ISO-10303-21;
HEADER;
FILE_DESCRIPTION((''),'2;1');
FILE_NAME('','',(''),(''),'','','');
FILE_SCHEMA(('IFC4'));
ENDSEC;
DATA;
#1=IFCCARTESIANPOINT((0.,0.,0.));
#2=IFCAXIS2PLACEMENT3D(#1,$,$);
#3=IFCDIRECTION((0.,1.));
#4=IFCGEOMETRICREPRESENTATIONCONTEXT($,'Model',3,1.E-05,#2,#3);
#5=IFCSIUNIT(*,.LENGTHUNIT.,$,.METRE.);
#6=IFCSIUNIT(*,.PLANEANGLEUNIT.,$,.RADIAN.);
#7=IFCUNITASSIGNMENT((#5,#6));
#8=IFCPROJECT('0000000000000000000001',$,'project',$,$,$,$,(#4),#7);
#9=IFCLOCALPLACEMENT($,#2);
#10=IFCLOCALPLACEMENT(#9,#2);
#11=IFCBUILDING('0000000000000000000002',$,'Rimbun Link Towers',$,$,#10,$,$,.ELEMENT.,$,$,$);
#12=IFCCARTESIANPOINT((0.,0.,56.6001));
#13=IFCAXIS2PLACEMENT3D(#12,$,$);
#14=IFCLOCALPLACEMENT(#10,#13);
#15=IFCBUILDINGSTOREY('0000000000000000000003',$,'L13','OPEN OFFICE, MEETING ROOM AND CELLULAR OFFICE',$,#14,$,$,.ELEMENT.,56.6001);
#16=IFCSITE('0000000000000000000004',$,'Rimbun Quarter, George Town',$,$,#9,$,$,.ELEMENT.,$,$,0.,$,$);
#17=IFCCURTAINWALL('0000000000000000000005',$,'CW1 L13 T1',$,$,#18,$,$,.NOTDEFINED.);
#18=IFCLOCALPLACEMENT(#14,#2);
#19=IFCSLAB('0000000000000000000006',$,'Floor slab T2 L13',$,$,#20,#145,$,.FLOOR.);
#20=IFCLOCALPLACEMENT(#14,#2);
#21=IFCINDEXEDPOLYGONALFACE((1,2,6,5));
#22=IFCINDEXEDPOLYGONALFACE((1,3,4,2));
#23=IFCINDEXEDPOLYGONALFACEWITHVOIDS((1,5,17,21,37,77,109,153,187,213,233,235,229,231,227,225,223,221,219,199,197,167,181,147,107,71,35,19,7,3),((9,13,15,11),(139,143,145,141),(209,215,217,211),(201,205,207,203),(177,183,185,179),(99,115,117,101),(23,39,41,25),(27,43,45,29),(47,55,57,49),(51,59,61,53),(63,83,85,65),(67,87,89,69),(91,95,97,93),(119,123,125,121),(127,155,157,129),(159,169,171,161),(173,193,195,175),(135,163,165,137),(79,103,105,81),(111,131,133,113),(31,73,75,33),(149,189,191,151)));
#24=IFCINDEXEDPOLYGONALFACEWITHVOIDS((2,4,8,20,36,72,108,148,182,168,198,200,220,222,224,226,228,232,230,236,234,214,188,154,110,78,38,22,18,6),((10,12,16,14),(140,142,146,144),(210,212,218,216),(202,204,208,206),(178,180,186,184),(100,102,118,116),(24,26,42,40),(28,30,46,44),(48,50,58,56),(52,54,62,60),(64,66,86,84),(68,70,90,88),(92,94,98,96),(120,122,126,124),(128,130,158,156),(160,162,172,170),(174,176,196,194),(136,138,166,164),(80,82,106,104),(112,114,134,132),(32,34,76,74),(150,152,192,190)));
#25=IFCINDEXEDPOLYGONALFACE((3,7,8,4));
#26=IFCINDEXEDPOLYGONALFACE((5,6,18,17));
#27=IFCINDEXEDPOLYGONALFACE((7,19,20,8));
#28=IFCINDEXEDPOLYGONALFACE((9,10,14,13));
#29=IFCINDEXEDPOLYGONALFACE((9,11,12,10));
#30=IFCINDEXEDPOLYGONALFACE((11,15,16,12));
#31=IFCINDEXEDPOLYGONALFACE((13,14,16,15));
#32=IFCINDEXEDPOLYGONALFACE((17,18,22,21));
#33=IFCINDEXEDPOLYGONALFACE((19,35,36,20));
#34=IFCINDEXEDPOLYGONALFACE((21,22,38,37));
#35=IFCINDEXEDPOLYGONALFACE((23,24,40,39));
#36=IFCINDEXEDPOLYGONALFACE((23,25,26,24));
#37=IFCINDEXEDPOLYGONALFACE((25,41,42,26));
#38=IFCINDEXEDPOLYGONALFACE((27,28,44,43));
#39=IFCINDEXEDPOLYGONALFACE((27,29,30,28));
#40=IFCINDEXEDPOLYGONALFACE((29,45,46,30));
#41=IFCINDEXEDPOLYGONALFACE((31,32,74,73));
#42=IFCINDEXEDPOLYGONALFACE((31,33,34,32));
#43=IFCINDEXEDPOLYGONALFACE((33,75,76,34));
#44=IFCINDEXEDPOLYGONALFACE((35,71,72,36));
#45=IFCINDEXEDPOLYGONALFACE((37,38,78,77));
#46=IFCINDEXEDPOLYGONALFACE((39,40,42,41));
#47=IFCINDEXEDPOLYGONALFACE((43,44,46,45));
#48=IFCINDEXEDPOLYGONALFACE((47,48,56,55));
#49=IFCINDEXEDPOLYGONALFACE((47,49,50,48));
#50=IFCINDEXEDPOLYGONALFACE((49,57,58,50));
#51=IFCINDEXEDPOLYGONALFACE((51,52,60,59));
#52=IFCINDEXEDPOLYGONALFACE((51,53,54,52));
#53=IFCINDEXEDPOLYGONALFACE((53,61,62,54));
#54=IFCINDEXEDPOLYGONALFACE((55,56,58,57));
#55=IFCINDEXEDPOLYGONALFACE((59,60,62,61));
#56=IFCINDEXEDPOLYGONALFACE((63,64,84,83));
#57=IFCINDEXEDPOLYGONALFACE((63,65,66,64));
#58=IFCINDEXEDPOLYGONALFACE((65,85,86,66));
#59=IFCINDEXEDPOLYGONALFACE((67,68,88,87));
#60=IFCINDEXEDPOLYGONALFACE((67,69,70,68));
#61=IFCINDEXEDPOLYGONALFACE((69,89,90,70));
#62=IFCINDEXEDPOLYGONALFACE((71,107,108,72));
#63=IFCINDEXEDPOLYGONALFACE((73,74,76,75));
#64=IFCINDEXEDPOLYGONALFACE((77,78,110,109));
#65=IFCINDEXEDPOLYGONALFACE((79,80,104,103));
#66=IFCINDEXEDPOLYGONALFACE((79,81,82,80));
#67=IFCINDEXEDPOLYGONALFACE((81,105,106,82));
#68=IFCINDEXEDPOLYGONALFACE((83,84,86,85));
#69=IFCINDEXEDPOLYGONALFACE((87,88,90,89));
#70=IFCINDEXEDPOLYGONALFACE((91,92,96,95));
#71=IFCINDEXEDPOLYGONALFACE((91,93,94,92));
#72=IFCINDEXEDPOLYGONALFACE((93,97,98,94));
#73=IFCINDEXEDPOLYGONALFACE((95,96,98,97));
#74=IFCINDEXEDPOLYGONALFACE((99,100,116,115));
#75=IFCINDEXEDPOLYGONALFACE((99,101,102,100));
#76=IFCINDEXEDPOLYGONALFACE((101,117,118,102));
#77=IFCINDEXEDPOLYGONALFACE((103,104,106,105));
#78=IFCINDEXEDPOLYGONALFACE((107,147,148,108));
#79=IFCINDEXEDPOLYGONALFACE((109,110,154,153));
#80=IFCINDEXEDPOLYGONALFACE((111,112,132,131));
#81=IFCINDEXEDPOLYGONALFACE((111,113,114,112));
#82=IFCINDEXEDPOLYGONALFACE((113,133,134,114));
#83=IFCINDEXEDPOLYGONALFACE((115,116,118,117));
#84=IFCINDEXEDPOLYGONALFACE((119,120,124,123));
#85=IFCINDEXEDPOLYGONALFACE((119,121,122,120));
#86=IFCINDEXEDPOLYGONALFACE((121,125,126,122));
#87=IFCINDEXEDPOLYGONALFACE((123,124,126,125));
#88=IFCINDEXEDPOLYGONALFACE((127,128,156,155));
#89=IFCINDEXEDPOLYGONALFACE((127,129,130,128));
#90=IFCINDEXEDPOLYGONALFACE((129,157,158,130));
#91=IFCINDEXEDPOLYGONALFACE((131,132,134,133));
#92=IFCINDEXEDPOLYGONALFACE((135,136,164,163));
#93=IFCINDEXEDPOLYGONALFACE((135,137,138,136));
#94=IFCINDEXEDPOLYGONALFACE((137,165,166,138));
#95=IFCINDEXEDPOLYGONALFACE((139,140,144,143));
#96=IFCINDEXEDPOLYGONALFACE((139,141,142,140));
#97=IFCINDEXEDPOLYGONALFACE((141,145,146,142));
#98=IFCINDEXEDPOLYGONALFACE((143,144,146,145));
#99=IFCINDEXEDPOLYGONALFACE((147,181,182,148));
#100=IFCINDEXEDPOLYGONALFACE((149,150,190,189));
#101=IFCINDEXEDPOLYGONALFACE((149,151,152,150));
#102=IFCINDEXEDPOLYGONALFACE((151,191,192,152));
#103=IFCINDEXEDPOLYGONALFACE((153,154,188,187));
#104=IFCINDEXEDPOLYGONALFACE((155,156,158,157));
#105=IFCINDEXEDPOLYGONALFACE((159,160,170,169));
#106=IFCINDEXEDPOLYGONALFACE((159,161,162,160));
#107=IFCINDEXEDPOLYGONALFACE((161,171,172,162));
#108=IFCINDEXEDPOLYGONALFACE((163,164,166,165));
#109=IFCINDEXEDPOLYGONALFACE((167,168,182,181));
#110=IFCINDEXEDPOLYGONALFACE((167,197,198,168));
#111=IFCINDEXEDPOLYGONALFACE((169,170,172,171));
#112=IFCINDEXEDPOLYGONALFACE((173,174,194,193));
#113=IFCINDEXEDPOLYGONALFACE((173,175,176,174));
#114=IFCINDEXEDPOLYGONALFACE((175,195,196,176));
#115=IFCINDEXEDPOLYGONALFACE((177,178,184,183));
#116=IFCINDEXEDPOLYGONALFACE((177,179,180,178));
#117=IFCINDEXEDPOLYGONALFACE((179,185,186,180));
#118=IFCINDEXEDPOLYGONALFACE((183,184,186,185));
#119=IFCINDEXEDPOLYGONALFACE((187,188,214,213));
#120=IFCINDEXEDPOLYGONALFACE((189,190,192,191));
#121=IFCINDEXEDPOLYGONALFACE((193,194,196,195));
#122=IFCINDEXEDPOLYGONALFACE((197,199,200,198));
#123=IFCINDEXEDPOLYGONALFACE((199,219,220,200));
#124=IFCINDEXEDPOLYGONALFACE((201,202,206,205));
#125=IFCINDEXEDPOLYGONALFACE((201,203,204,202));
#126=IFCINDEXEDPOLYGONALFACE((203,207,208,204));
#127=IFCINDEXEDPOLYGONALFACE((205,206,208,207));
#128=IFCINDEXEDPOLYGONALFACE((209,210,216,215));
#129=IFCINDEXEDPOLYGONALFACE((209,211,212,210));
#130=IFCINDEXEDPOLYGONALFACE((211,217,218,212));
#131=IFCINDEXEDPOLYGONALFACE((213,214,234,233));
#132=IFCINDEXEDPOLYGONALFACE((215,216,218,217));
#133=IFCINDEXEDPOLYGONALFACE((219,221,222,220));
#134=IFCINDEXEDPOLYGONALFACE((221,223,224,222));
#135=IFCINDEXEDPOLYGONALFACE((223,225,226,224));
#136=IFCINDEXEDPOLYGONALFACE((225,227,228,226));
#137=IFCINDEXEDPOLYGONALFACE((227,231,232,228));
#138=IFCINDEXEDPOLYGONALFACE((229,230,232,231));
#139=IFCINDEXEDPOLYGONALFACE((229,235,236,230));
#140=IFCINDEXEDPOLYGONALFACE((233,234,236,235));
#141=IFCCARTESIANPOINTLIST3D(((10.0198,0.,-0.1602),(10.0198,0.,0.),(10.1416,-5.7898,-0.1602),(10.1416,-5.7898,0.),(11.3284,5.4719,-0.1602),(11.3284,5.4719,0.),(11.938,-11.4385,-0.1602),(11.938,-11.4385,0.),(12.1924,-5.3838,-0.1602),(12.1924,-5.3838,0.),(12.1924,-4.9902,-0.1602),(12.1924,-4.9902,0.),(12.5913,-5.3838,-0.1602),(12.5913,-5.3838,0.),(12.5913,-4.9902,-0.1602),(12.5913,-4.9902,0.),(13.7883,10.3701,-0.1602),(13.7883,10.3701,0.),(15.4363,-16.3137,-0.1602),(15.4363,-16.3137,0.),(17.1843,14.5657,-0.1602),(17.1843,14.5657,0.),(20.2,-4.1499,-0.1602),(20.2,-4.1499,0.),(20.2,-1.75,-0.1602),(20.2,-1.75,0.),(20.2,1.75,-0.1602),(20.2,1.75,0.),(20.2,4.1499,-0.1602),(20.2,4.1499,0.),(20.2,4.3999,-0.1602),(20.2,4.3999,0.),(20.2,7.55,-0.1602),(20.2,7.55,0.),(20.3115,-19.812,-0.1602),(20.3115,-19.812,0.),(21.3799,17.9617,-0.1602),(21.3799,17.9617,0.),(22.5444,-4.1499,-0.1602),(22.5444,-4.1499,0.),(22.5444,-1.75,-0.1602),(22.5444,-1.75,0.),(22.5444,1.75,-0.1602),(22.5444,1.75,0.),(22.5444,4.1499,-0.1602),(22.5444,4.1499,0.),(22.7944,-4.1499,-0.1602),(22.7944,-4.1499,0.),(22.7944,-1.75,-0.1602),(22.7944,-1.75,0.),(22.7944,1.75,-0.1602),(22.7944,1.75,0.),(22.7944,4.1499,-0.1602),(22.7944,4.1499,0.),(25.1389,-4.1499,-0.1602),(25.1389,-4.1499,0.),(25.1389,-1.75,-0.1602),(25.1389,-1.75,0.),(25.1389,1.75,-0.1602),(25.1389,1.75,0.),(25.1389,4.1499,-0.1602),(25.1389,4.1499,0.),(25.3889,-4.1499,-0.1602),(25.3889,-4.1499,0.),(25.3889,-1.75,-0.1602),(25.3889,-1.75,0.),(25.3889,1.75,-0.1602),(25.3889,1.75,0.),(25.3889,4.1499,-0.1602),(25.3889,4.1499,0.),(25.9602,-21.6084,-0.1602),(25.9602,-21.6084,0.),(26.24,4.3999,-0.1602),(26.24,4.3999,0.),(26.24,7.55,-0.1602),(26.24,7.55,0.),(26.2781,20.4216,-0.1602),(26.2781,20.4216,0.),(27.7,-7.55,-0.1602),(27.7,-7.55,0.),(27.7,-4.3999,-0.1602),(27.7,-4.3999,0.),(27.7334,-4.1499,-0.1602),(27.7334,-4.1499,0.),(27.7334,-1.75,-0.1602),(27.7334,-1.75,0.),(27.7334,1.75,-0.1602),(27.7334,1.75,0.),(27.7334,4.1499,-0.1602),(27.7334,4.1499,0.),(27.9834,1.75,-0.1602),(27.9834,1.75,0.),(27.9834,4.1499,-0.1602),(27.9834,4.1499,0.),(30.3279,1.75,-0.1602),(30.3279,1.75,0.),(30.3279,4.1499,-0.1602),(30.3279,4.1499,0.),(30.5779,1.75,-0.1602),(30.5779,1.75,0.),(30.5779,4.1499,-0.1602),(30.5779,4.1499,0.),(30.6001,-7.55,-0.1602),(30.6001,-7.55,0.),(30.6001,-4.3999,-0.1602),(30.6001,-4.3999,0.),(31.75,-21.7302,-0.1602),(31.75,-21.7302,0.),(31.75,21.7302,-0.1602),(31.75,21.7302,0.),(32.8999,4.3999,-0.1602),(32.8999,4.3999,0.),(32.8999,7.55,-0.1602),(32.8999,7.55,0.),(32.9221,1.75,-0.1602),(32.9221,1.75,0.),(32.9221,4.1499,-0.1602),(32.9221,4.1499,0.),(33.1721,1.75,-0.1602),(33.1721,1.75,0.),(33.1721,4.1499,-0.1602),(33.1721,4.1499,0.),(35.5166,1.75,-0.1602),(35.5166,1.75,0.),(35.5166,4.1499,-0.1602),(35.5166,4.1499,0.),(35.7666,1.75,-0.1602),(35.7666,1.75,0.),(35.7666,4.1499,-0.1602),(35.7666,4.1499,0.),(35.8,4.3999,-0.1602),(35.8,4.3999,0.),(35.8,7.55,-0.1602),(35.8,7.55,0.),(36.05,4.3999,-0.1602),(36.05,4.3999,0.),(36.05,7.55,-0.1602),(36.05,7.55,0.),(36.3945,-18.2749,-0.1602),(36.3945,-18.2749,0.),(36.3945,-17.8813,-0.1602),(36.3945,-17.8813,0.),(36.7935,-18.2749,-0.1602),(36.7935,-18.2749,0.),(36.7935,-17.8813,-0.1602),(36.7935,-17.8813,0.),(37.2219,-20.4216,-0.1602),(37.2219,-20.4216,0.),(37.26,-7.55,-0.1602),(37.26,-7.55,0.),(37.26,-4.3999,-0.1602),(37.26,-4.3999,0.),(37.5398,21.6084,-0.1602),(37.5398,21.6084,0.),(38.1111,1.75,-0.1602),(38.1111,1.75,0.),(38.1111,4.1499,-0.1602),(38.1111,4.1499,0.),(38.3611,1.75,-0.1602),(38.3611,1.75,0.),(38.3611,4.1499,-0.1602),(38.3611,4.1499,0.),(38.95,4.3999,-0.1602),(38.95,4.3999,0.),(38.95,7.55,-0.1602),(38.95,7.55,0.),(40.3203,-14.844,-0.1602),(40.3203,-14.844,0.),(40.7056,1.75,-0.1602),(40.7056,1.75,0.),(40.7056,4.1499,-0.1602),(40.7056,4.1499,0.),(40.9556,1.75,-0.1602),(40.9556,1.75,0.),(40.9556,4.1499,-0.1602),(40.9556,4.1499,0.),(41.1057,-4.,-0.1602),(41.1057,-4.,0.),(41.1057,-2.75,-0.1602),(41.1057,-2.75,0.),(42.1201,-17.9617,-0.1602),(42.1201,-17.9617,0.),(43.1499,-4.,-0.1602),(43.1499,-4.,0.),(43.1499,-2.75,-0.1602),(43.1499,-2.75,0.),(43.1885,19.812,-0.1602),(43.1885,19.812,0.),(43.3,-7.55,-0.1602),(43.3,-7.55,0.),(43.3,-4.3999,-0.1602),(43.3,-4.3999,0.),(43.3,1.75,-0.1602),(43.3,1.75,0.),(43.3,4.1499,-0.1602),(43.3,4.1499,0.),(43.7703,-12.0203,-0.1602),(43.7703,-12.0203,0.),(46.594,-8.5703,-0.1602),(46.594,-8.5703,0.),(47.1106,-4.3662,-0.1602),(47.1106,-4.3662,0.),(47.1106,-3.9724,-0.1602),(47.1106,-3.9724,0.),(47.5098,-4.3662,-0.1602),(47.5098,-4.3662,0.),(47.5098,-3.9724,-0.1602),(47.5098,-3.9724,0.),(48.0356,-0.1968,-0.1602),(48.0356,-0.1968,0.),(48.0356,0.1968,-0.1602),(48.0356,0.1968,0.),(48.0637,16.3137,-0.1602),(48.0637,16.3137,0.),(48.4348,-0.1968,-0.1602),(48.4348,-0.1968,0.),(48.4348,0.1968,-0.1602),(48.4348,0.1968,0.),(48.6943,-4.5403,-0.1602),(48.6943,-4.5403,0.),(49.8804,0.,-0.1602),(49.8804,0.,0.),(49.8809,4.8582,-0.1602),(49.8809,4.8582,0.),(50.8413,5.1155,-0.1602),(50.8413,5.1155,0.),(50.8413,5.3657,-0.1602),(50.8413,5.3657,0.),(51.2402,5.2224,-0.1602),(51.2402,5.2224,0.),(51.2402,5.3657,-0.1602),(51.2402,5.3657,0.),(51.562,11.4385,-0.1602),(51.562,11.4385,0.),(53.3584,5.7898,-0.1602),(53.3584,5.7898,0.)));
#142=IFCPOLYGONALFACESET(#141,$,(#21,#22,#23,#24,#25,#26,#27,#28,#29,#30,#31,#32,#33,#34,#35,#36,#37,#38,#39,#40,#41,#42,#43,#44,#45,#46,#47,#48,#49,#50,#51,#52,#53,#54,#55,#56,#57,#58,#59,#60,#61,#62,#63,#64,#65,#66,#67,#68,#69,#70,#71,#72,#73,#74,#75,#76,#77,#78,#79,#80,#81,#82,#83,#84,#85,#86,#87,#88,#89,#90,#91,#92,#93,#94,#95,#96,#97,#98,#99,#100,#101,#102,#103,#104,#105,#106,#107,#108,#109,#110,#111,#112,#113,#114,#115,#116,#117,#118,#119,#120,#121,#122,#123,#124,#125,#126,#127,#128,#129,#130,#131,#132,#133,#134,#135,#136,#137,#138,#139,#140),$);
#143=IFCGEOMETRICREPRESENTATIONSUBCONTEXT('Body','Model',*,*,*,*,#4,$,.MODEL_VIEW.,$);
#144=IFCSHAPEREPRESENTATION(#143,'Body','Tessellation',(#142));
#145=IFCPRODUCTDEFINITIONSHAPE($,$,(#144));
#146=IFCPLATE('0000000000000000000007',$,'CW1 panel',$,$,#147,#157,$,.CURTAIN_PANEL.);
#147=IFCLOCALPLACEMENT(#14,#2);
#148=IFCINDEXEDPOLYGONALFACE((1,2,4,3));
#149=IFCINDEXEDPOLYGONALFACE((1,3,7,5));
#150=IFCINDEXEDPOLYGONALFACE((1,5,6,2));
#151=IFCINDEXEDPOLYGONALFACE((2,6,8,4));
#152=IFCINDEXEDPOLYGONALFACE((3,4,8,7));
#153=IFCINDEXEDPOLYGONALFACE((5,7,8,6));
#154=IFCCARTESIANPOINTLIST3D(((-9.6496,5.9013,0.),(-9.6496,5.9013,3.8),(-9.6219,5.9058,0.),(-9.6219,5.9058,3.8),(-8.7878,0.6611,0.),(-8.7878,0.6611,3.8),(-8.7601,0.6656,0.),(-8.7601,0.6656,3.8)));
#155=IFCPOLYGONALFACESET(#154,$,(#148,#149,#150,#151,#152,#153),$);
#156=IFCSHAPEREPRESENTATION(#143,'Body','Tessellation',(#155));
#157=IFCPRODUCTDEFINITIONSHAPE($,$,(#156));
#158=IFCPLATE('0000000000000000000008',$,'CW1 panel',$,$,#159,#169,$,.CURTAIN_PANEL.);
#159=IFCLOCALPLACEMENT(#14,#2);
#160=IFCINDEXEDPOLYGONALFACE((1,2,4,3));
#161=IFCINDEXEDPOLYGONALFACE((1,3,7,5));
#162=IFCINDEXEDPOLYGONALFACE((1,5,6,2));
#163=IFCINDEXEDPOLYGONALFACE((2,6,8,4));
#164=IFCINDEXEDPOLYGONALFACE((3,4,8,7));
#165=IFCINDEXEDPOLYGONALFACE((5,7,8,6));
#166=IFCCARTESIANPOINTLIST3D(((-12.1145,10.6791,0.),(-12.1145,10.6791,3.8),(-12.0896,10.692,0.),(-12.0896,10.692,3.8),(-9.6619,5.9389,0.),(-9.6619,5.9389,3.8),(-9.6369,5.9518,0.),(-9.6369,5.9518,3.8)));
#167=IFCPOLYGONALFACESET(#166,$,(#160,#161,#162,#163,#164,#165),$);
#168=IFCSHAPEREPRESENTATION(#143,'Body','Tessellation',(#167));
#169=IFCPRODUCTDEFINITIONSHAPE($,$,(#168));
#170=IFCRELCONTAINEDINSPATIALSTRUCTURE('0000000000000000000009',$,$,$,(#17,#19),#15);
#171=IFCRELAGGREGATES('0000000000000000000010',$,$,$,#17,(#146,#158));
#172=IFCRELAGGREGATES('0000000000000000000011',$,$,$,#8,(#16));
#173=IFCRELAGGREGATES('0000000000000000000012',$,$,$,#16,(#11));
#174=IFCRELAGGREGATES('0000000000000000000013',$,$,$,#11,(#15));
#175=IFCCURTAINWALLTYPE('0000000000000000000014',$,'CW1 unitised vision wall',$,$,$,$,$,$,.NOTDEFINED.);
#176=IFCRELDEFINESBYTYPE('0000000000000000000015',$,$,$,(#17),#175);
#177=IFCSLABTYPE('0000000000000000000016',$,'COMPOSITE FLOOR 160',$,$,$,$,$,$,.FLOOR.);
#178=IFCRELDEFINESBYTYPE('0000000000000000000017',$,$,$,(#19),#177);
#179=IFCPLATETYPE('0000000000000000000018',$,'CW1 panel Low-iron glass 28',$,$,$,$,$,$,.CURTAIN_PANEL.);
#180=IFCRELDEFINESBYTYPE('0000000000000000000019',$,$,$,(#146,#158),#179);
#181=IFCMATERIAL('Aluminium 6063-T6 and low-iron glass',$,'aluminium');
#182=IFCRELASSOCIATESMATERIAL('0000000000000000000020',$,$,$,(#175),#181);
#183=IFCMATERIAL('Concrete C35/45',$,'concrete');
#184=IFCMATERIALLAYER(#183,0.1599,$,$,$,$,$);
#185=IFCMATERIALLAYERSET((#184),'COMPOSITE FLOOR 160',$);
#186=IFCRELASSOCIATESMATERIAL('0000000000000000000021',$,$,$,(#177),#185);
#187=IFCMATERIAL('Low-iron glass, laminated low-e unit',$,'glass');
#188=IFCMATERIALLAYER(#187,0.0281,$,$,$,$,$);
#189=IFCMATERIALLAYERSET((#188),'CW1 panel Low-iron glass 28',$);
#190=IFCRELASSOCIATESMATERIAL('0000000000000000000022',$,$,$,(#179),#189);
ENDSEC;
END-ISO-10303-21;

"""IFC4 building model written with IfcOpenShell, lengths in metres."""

from ifc_helpers import new_model, si_unit, direction, frame, origin, origin_2d, place, context, subcontext, project, spatial, polyline, rectangle, outline, extrude, material, layer, layer_set, type_object, element, aggregate, save


model = new_model("IFC4")

# Units and contexts
model_context = context("Model", 3, precision=1e-05, world=origin(), true_north=direction((0.0, 1.0)))
body_context = subcontext(model_context, "Body", "Model", "MODEL_VIEW")
ifc_project = project(units=[si_unit("LENGTHUNIT", "METRE"), si_unit("PLANEANGLEUNIT", "RADIAN")], contexts=[model_context])

# Site, building, storey
site_placement = place(None, origin())
site = spatial("IfcSite", under=ifc_project, at=site_placement, Name="Rimbun Quarter, George Town", CompositionType="ELEMENT", RefElevation=0.0)
building_placement = place(site_placement, origin())
building = spatial("IfcBuilding", under=site, at=building_placement, Name="Rimbun Link Towers", CompositionType="ELEMENT")
storey_placement = place(building_placement, frame((0.0, 0.0, 56.6001)))
storey = spatial("IfcBuildingStorey", under=building, at=storey_placement, Name="L13", Description="OPEN OFFICE, MEETING ROOM AND CELLULAR OFFICE", CompositionType="ELEMENT", Elevation=56.6001)

# Curtain wall
ifc_material_1 = material(Name="Aluminium 6063-T6 and low-iron glass", Category="aluminium")
curtain_wall_type = type_object("IfcCurtainWallType", Name="CW1 unitised vision wall", PredefinedType="NOTDEFINED", material=ifc_material_1)
curtain_wall_placement = place(storey_placement, origin())
curtain_wall = element("IfcCurtainWall", 1, at=curtain_wall_placement, inside=storey, type_object=curtain_wall_type, Name="CW1 L13 T1", PredefinedType="NOTDEFINED")

# Slab
ifc_material_2 = material(Name="Concrete C35/45", Category="concrete")
ifc_layer_1 = layer(ifc_material_2, 0.1599)
ifc_layer_set_1 = layer_set([ifc_layer_1], Name="COMPOSITE FLOOR 160")
slab_type = type_object("IfcSlabType", Name="COMPOSITE FLOOR 160", PredefinedType="FLOOR", material=ifc_layer_set_1)
slab_placement = place(storey_placement, frame((0.0, 0.0, -0.1602)))
element("IfcSlab", 2, at=slab_placement, inside=storey, type_object=slab_type, Name="Floor slab T2 L13", PredefinedType="FLOOR", context=body_context, shape_type="SweptSolid", body=[
    extrude(outline(polyline([(49.8809, 4.8582), (49.8804, 0.0), (48.6943, -4.5403), (46.594, -8.5703), (43.7703, -12.0203), (40.3203, -14.844), (42.1201, -17.9617), (37.2219, -20.4216), (31.75, -21.7302), (25.9602, -21.6084), (20.3115, -19.812), (15.4363, -16.3137), (11.938, -11.4385), (10.1416, -5.7898), (10.0198, 0.0), (11.3284, 5.4719), (13.7883, 10.3701), (17.1843, 14.5657), (21.3799, 17.9617), (26.2781, 20.4216), (31.75, 21.7302), (37.5398, 21.6084), (43.1885, 19.812), (48.0637, 16.3137), (51.562, 11.4385), (53.3584, 5.7898), (51.2402, 5.2224), (51.2402, 5.3657), (50.8413, 5.3657), (50.8413, 5.1155), (49.8809, 4.8582)]), holes=[polyline([(30.6001, -7.55), (30.6001, -4.3999), (27.7, -4.3999), (27.7, -7.55), (30.6001, -7.55)]), polyline([(12.5913, -5.3838), (12.5913, -4.9902), (12.1924, -4.9902), (12.1924, -5.3838), (12.5913, -5.3838)]), polyline([(22.5444, -4.1499), (22.5444, -1.75), (20.2, -1.75), (20.2, -4.1499), (22.5444, -4.1499)]), polyline([(22.7944, -4.1499), (25.1389, -4.1499), (25.1389, -1.75), (22.7944, -1.75), (22.7944, -4.1499)]), polyline([(25.3889, -4.1499), (27.7334, -4.1499), (27.7334, -1.75), (25.3889, -1.75), (25.3889, -4.1499)]), polyline([(22.5444, 1.75), (22.5444, 4.1499), (20.2, 4.1499), (20.2, 1.75), (22.5444, 1.75)]), polyline([(22.7944, 1.75), (25.1389, 1.75), (25.1389, 4.1499), (22.7944, 4.1499), (22.7944, 1.75)]), polyline([(25.3889, 1.75), (27.7334, 1.75), (27.7334, 4.1499), (25.3889, 4.1499), (25.3889, 1.75)]), polyline([(30.3279, 1.75), (30.3279, 4.1499), (27.9834, 4.1499), (27.9834, 1.75), (30.3279, 1.75)]), polyline([(30.5779, 1.75), (32.9221, 1.75), (32.9221, 4.1499), (30.5779, 4.1499), (30.5779, 1.75)]), polyline([(33.1721, 1.75), (35.5166, 1.75), (35.5166, 4.1499), (33.1721, 4.1499), (33.1721, 1.75)]), polyline([(26.24, 4.3999), (26.24, 7.55), (20.2, 7.55), (20.2, 4.3999), (26.24, 4.3999)]), polyline([(36.3945, -18.2749), (36.7935, -18.2749), (36.7935, -17.8813), (36.3945, -17.8813), (36.3945, -18.2749)]), polyline([(37.26, -7.55), (43.3, -7.55), (43.3, -4.3999), (37.26, -4.3999), (37.26, -7.55)]), polyline([(47.5098, -4.3662), (47.5098, -3.9724), (47.1106, -3.9724), (47.1106, -4.3662), (47.5098, -4.3662)]), polyline([(41.1057, -2.75), (41.1057, -4.0), (43.1499, -4.0), (43.1499, -2.75), (41.1057, -2.75)]), polyline([(48.0356, -0.1968), (48.4348, -0.1968), (48.4348, 0.1968), (48.0356, 0.1968), (48.0356, -0.1968)]), polyline([(38.1111, 1.75), (38.1111, 4.1499), (35.7666, 4.1499), (35.7666, 1.75), (38.1111, 1.75)]), polyline([(38.3611, 1.75), (40.7056, 1.75), (40.7056, 4.1499), (38.3611, 4.1499), (38.3611, 1.75)]), polyline([(40.9556, 1.75), (43.3, 1.75), (43.3, 4.1499), (40.9556, 4.1499), (40.9556, 1.75)]), polyline([(32.8999, 4.3999), (35.8, 4.3999), (35.8, 7.55), (32.8999, 7.55), (32.8999, 4.3999)]), polyline([(36.05, 4.3999), (38.95, 4.3999), (38.95, 7.55), (36.05, 7.55), (36.05, 4.3999)])]), origin(), (0.0, 0.0, 1.0), 0.1602),
])

# Plates
ifc_material_3 = material(Name="Low-iron glass, laminated low-e unit", Category="glass")
ifc_layer_2 = layer(ifc_material_3, 0.0281)
ifc_layer_set_2 = layer_set([ifc_layer_2], Name="CW1 panel Low-iron glass 28")
plate_type = type_object("IfcPlateType", Name="CW1 panel Low-iron glass 28", PredefinedType="CURTAIN_PANEL", material=ifc_layer_set_2)
plate_1_placement = place(storey_placement, frame((-9.2048, 3.2834, 0.0), z_axis=(0.0, 0.0, 1.0), x_axis=(0.162269, -0.986747, 0.0)))
plate_1 = element("IfcPlate", 3, at=plate_1_placement, type_object=plate_type, Name="CW1 panel", PredefinedType="CURTAIN_PANEL", context=body_context, shape_type="SweptSolid", body=[
    extrude(rectangle(XDim=5.3105, YDim=0.0281, at=origin_2d()), origin(), (0.0, 0.0, 1.0), 3.8),
])
plate_2_placement = place(storey_placement, frame((-10.8757, 8.3154, 0.0), z_axis=(0.0, 0.0, 1.0), x_axis=(0.459541, -0.888157, 0.0)))
plate_2 = element("IfcPlate", 4, at=plate_2_placement, type_object=plate_type, Name="CW1 panel", PredefinedType="CURTAIN_PANEL", context=body_context, shape_type="SweptSolid", body=[
    extrude(rectangle(XDim=5.3372, YDim=0.0281, at=origin_2d()), origin(), (0.0, 0.0, 1.0), 3.8),
])
aggregate(curtain_wall, [plate_1, plate_2])

save(model, "model.ifc")
